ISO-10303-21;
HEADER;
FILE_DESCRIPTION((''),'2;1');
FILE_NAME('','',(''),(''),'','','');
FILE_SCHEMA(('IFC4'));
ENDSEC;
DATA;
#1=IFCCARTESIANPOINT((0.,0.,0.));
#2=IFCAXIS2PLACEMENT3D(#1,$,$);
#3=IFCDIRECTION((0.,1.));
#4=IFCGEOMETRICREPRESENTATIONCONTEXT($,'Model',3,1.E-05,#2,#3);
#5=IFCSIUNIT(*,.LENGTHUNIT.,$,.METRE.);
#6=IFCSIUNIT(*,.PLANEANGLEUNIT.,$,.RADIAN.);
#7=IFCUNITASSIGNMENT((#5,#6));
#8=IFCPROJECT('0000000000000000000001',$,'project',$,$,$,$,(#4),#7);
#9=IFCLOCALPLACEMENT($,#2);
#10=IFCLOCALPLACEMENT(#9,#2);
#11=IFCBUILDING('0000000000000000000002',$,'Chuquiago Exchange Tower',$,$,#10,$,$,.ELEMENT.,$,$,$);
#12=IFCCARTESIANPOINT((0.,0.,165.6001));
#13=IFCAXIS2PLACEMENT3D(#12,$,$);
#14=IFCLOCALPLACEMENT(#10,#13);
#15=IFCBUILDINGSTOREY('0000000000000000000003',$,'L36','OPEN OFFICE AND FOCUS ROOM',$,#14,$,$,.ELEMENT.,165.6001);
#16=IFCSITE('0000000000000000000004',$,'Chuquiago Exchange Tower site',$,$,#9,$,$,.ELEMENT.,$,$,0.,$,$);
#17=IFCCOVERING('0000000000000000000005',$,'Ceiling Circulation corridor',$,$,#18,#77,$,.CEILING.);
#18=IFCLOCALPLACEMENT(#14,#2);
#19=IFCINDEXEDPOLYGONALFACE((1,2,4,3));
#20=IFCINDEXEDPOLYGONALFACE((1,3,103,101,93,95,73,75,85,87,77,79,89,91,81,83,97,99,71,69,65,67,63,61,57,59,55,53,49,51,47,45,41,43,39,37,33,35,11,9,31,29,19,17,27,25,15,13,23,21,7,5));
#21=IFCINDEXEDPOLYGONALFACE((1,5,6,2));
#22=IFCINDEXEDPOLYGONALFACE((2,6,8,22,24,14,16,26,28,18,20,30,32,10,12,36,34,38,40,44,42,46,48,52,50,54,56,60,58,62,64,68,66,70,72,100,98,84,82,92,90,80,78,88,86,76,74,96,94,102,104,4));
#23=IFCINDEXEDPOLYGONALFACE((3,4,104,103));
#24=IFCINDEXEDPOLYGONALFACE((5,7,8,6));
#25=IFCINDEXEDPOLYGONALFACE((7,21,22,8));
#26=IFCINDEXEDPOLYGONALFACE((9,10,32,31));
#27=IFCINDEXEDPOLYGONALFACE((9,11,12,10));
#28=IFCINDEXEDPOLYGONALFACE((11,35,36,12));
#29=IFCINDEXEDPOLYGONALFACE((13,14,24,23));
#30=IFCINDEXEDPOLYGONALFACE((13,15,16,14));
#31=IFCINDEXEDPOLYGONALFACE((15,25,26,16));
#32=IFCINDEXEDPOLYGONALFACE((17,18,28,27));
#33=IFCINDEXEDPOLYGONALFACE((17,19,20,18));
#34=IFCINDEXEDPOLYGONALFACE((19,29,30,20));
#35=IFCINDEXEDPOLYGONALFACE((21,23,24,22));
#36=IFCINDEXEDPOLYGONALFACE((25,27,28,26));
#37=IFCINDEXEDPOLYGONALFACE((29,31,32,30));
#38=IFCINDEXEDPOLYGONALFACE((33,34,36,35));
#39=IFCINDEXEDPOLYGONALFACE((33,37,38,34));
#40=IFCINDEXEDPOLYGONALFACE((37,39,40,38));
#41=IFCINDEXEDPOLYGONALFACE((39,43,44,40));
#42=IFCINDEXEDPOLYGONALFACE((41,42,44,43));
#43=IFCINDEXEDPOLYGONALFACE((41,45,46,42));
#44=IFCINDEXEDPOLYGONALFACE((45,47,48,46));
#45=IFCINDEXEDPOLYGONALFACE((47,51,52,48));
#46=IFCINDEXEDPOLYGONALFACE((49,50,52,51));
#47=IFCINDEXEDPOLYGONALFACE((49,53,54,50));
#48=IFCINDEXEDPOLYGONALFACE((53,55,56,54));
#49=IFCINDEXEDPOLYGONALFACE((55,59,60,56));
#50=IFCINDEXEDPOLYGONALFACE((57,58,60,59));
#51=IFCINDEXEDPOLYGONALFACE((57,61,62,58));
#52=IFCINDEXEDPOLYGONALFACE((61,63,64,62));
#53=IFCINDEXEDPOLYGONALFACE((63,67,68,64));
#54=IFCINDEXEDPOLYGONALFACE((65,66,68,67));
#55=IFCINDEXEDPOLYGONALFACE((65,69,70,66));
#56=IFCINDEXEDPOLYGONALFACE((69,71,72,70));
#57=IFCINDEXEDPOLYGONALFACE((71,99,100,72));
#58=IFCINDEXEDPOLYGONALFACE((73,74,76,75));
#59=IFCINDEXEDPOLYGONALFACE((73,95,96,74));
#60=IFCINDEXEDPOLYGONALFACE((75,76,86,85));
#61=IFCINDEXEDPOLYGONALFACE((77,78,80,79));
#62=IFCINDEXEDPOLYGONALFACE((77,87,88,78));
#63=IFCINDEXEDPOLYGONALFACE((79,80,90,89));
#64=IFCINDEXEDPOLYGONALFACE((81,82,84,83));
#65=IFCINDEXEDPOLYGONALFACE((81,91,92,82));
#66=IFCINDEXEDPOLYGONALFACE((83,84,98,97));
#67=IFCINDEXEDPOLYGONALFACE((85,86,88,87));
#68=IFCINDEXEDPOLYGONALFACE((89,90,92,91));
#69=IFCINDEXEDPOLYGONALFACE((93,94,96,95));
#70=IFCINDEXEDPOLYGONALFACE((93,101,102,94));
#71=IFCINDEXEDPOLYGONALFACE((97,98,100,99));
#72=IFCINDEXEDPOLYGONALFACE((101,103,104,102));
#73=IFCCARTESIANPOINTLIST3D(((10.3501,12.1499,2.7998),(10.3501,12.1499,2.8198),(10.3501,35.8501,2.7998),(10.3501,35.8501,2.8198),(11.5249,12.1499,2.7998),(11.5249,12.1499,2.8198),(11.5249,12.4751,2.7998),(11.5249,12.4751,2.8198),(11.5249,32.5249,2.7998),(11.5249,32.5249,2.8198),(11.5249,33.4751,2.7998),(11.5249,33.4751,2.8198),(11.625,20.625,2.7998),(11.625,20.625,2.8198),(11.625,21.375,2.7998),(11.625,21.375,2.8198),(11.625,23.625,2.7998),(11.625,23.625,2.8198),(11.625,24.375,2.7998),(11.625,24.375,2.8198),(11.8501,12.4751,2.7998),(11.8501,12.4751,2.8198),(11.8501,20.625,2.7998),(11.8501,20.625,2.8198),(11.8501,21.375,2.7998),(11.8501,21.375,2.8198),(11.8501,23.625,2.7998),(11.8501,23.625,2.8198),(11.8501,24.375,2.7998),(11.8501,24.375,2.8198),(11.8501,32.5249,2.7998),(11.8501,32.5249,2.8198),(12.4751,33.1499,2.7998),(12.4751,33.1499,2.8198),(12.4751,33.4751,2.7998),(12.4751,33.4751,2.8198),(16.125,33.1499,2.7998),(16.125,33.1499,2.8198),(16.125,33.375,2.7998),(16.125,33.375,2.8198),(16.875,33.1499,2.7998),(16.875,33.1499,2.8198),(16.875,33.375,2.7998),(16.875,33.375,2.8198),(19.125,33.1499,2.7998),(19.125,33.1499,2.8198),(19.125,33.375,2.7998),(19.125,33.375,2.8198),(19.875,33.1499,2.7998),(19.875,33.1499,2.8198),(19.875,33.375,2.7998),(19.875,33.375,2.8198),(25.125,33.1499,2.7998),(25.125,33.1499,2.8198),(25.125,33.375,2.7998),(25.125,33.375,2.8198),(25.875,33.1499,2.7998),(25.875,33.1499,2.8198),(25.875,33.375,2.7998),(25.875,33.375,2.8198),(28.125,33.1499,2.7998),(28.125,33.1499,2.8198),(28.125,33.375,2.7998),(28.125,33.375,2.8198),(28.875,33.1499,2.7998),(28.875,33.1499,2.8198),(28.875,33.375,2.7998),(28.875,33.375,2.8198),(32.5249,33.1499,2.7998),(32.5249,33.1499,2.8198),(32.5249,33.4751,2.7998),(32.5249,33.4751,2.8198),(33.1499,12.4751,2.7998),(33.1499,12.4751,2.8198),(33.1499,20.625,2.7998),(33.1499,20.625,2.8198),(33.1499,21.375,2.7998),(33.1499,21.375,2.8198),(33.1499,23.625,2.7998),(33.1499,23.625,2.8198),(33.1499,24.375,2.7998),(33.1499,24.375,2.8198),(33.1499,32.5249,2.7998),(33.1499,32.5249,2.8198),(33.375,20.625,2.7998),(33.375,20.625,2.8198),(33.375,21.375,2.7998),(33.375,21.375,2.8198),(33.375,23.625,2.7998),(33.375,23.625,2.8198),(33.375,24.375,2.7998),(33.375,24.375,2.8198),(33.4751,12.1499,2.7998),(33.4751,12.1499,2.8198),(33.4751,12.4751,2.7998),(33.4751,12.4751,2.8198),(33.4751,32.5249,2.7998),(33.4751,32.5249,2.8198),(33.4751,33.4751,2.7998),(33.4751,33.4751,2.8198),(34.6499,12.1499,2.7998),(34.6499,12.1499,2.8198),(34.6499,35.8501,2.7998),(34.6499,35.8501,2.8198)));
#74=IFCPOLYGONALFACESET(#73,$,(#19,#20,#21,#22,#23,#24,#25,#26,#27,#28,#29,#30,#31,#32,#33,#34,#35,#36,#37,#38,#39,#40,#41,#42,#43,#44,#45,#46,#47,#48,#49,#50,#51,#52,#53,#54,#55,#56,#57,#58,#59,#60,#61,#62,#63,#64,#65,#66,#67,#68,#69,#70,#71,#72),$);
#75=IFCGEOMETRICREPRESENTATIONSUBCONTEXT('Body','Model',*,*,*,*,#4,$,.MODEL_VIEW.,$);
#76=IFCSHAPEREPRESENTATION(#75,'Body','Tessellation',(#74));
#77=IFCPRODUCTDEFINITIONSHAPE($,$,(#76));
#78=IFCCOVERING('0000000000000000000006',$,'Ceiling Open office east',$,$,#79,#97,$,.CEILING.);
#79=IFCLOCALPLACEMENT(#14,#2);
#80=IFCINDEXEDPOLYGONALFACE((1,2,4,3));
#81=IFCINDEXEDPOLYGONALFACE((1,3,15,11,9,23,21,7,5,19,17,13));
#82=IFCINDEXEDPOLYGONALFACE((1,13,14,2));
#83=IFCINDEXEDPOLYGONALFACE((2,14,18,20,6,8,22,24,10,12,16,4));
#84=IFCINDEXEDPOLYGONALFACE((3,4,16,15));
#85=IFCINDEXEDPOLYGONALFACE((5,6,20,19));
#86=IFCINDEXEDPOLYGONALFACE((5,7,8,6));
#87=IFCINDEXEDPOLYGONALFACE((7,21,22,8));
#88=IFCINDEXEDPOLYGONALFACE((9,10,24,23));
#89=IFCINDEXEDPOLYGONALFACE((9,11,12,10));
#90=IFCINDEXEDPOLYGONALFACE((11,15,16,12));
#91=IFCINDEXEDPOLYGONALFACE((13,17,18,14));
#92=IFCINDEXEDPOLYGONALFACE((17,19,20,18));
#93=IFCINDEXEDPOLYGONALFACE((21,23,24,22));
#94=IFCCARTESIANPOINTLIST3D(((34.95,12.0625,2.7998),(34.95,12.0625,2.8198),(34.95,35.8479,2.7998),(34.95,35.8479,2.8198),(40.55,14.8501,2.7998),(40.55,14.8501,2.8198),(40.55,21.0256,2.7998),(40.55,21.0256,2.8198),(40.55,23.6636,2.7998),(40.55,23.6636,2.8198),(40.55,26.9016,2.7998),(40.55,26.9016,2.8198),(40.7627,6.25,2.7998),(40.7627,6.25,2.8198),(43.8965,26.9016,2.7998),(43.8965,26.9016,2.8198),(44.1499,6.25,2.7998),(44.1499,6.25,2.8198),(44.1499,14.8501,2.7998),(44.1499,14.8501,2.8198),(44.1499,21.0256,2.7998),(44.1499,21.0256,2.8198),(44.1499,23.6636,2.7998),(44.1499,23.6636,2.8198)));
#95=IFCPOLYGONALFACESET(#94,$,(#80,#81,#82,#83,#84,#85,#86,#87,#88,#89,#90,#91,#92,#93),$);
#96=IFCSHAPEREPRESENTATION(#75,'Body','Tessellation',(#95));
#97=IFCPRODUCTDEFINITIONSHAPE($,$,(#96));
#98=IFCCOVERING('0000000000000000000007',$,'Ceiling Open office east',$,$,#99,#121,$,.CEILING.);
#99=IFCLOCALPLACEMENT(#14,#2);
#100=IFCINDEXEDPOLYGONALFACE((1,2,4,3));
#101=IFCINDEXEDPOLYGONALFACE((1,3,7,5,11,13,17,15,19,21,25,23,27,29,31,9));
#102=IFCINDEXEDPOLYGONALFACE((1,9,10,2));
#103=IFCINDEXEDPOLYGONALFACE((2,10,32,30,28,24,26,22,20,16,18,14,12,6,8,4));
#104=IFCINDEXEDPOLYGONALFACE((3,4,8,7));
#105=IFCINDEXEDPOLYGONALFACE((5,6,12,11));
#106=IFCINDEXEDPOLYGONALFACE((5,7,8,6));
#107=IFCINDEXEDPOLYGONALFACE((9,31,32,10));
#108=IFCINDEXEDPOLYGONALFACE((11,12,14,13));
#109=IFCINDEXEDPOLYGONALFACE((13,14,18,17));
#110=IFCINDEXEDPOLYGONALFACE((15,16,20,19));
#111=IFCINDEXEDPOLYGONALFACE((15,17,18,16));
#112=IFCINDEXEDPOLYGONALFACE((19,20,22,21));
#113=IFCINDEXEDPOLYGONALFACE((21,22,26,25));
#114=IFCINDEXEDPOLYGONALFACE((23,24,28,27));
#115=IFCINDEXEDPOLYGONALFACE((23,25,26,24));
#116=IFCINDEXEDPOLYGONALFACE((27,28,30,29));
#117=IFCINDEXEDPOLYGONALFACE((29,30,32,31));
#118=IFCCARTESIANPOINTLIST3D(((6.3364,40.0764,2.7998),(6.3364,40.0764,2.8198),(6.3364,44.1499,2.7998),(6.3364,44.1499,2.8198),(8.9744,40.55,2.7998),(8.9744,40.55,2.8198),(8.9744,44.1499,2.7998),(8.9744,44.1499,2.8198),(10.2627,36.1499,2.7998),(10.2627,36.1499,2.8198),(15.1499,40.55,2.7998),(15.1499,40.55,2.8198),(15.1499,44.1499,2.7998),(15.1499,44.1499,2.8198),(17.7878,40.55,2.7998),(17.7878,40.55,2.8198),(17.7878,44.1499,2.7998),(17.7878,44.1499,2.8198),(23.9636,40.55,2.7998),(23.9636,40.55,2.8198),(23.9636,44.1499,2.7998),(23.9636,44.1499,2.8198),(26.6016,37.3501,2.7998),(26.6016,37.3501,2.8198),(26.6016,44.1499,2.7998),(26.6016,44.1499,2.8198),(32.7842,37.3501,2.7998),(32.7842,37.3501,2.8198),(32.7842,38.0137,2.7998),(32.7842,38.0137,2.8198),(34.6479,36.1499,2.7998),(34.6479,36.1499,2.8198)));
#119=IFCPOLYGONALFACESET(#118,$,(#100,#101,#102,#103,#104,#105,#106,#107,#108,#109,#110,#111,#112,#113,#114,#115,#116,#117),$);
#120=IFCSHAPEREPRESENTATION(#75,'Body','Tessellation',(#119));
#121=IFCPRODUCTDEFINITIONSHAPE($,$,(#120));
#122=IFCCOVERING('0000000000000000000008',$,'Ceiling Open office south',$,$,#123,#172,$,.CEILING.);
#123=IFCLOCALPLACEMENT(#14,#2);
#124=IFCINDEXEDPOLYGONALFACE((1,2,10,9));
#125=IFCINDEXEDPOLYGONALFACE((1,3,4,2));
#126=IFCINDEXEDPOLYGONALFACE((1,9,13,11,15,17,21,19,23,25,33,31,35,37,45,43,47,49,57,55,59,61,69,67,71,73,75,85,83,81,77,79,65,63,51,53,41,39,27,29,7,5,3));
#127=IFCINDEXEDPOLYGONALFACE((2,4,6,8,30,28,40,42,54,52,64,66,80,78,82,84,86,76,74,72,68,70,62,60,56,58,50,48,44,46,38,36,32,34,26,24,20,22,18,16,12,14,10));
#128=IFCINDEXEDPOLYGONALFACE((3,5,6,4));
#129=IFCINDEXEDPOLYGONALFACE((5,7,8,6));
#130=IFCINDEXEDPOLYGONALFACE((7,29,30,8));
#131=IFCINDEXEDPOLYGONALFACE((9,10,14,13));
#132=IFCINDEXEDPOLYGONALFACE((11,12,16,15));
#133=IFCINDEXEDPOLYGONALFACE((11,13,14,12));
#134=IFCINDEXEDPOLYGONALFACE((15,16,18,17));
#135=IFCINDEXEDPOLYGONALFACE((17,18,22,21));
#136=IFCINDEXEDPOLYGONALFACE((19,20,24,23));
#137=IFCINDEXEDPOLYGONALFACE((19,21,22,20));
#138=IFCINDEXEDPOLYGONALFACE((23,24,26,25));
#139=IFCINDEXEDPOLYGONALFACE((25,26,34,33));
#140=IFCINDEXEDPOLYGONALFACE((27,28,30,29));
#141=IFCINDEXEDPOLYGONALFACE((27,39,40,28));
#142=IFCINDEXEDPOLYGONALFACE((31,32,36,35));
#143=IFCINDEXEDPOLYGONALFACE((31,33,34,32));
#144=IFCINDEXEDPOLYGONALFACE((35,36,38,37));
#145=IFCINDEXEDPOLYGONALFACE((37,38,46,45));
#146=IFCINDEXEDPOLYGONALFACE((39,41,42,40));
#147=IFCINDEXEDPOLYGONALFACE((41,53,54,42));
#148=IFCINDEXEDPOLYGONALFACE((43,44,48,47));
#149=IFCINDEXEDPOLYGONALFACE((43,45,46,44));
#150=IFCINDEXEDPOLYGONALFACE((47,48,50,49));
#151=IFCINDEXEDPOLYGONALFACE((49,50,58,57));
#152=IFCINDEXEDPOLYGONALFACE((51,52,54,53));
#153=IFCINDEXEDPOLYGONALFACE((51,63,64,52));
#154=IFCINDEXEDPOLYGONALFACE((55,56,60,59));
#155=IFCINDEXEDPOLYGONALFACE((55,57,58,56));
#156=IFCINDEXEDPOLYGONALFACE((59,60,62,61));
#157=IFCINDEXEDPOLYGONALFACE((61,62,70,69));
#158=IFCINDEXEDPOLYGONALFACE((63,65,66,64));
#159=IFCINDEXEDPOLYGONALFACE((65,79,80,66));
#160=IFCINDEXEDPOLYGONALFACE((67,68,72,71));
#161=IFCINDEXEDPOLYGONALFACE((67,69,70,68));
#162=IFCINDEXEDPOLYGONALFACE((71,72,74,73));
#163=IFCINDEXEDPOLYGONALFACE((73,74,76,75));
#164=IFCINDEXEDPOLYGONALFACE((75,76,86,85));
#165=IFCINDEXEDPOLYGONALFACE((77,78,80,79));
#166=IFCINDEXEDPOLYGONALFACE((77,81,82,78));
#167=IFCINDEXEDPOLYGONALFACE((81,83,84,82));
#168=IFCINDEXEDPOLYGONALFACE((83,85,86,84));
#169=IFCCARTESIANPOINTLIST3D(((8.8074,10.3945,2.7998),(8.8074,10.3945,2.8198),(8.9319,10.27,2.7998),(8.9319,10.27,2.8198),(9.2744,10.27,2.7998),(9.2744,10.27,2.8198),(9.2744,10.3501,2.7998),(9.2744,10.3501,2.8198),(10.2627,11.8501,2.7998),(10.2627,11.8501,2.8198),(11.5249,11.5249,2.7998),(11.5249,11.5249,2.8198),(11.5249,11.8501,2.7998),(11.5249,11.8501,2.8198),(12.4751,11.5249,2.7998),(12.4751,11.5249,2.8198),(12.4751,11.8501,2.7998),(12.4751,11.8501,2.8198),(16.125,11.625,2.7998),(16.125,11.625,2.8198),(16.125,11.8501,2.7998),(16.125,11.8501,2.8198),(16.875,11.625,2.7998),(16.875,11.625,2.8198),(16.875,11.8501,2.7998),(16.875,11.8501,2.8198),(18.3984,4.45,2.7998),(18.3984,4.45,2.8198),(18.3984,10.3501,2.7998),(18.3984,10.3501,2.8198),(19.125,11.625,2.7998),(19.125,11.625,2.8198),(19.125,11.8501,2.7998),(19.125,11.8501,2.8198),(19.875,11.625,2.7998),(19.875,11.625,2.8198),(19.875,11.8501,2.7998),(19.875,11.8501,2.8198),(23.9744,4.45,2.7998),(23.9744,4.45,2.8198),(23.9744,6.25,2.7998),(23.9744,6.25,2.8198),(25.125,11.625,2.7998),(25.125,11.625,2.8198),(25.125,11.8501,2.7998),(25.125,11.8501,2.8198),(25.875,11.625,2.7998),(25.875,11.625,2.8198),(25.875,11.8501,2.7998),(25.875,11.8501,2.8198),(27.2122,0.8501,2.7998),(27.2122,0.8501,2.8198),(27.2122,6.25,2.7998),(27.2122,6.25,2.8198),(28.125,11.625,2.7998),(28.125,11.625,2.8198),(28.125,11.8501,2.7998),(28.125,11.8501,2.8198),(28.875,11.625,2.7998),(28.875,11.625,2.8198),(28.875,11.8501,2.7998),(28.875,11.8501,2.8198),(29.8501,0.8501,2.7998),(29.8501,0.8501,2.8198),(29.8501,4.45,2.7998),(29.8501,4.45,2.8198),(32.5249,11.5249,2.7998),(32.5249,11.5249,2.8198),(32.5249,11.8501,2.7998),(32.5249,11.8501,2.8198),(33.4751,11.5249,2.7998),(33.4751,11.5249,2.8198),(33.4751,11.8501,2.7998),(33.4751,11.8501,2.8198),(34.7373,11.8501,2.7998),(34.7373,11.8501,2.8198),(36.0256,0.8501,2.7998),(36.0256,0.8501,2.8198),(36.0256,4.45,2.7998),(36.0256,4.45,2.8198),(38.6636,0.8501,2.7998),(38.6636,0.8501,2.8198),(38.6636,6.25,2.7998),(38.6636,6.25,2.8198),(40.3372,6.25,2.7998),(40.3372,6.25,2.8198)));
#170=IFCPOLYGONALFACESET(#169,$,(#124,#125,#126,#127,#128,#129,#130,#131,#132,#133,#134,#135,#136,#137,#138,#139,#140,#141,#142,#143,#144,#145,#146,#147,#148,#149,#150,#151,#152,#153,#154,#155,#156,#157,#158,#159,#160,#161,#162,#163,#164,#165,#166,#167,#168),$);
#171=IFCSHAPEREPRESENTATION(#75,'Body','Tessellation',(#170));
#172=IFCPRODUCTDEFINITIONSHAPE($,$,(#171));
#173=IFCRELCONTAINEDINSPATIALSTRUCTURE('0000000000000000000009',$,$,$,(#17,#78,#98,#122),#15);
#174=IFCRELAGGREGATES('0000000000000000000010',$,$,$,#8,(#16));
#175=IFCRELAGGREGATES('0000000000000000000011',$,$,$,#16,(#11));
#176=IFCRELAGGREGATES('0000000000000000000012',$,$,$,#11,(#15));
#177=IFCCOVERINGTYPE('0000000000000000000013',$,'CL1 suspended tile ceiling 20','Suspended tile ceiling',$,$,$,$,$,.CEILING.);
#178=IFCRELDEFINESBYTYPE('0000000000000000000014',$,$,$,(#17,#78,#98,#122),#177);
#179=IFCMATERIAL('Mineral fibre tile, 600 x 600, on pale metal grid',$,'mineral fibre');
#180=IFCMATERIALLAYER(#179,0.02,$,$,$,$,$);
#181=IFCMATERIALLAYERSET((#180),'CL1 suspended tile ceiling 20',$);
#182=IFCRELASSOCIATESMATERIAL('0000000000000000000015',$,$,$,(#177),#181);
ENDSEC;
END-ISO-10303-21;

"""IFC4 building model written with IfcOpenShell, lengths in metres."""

from ifc_helpers import new_model, si_unit, direction, frame, origin, place, context, subcontext, project, spatial, polyline, outline, extrude, material, layer, layer_set, type_object, element, save


model = new_model("IFC4")

# Units and contexts
model_context = context("Model", 3, precision=1e-05, world=origin(), true_north=direction((0.0, 1.0)))
body_context = subcontext(model_context, "Body", "Model", "MODEL_VIEW")
ifc_project = project(units=[si_unit("LENGTHUNIT", "METRE"), si_unit("PLANEANGLEUNIT", "RADIAN")], contexts=[model_context])

# Site, building, storey
site_placement = place(None, origin())
site = spatial("IfcSite", under=ifc_project, at=site_placement, Name="Chuquiago Exchange Tower site", CompositionType="ELEMENT", RefElevation=0.0)
building_placement = place(site_placement, origin())
building = spatial("IfcBuilding", under=site, at=building_placement, Name="Chuquiago Exchange Tower", CompositionType="ELEMENT")
storey_placement = place(building_placement, frame((0.0, 0.0, 165.6001)))
storey = spatial("IfcBuildingStorey", under=building, at=storey_placement, Name="L36", Description="OPEN OFFICE AND FOCUS ROOM", CompositionType="ELEMENT", Elevation=165.6001)

# Coverings
ifc_material_1 = material(Name="Mineral fibre tile, 600 x 600, on pale metal grid", Category="mineral fibre")
ifc_layer_1 = layer(ifc_material_1, 0.02)
ifc_layer_set_1 = layer_set([ifc_layer_1], Name="CL1 suspended tile ceiling 20")
covering_type_1 = type_object("IfcCoveringType", Name="CL1 suspended tile ceiling 20", Description="Suspended tile ceiling", PredefinedType="CEILING", material=ifc_layer_set_1)
covering_1_placement = place(storey_placement, frame((0.0, 0.0, 2.7998)))
element("IfcCovering", 1, at=covering_1_placement, inside=storey, type_object=covering_type_1, Name="Ceiling Circulation corridor", PredefinedType="CEILING", context=body_context, shape_type="SweptSolid", body=[
    extrude(outline(polyline([(10.3501, 12.1499), (10.3501, 35.8501), (34.6499, 35.8501), (34.6499, 12.1499), (33.4751, 12.1499), (33.4751, 12.4751), (33.1499, 12.4751), (33.1499, 20.625), (33.375, 20.625), (33.375, 21.375), (33.1499, 21.375), (33.1499, 23.625), (33.375, 23.625), (33.375, 24.375), (33.1499, 24.375), (33.1499, 32.5249), (33.4751, 32.5249), (33.4751, 33.4751), (32.5249, 33.4751), (32.5249, 33.1499), (28.875, 33.1499), (28.875, 33.375), (28.125, 33.375), (28.125, 33.1499), (25.875, 33.1499), (25.875, 33.375), (25.125, 33.375), (25.125, 33.1499), (19.875, 33.1499), (19.875, 33.375), (19.125, 33.375), (19.125, 33.1499), (16.875, 33.1499), (16.875, 33.375), (16.125, 33.375), (16.125, 33.1499), (12.4751, 33.1499), (12.4751, 33.4751), (11.5249, 33.4751), (11.5249, 32.5249), (11.8501, 32.5249), (11.8501, 24.375), (11.625, 24.375), (11.625, 23.625), (11.8501, 23.625), (11.8501, 21.375), (11.625, 21.375), (11.625, 20.625), (11.8501, 20.625), (11.8501, 12.4751), (11.5249, 12.4751), (11.5249, 12.1499), (10.3501, 12.1499)])), origin(), (0.0, 0.0, 1.0), 0.02),
])
covering_2_placement = place(storey_placement, frame((0.0, 0.0, 2.7998)))
element("IfcCovering", 2, at=covering_2_placement, inside=storey, type_object=covering_type_1, Name="Ceiling Open office east", PredefinedType="CEILING", context=body_context, shape_type="SweptSolid", body=[
    extrude(outline(polyline([(43.8965, 26.9016), (40.55, 26.9016), (40.55, 23.6636), (44.1499, 23.6636), (44.1499, 21.0256), (40.55, 21.0256), (40.55, 14.8501), (44.1499, 14.8501), (44.1499, 6.25), (40.7627, 6.25), (34.95, 12.0625), (34.95, 35.8479), (43.8965, 26.9016)])), origin(), (0.0, 0.0, 1.0), 0.02),
])
covering_3_placement = place(storey_placement, frame((0.0, 0.0, 2.7998)))
element("IfcCovering", 3, at=covering_3_placement, inside=storey, type_object=covering_type_1, Name="Ceiling Open office east", PredefinedType="CEILING", context=body_context, shape_type="SweptSolid", body=[
    extrude(outline(polyline([(8.9744, 44.1499), (8.9744, 40.55), (15.1499, 40.55), (15.1499, 44.1499), (17.7878, 44.1499), (17.7878, 40.55), (23.9636, 40.55), (23.9636, 44.1499), (26.6016, 44.1499), (26.6016, 37.3501), (32.7842, 37.3501), (32.7842, 38.0137), (34.6479, 36.1499), (10.2627, 36.1499), (6.3364, 40.0764), (6.3364, 44.1499), (8.9744, 44.1499)])), origin(), (0.0, 0.0, 1.0), 0.02),
])
covering_4_placement = place(storey_placement, frame((0.0, 0.0, 2.7998)))
element("IfcCovering", 4, at=covering_4_placement, inside=storey, type_object=covering_type_1, Name="Ceiling Open office south", PredefinedType="CEILING", context=body_context, shape_type="SweptSolid", body=[
    extrude(outline(polyline([(38.6636, 0.8501), (36.0256, 0.8501), (36.0256, 4.45), (29.8501, 4.45), (29.8501, 0.8501), (27.2122, 0.8501), (27.2122, 6.25), (23.9744, 6.25), (23.9744, 4.45), (18.3984, 4.45), (18.3984, 10.3501), (9.2744, 10.3501), (9.2744, 10.27), (8.9319, 10.27), (8.8074, 10.3945), (10.2627, 11.8501), (11.5249, 11.8501), (11.5249, 11.5249), (12.4751, 11.5249), (12.4751, 11.8501), (16.125, 11.8501), (16.125, 11.625), (16.875, 11.625), (16.875, 11.8501), (19.125, 11.8501), (19.125, 11.625), (19.875, 11.625), (19.875, 11.8501), (25.125, 11.8501), (25.125, 11.625), (25.875, 11.625), (25.875, 11.8501), (28.125, 11.8501), (28.125, 11.625), (28.875, 11.625), (28.875, 11.8501), (32.5249, 11.8501), (32.5249, 11.5249), (33.4751, 11.5249), (33.4751, 11.8501), (34.7373, 11.8501), (40.3372, 6.25), (38.6636, 6.25), (38.6636, 0.8501)])), origin(), (0.0, 0.0, 1.0), 0.02),
])

save(model, "model.ifc")
